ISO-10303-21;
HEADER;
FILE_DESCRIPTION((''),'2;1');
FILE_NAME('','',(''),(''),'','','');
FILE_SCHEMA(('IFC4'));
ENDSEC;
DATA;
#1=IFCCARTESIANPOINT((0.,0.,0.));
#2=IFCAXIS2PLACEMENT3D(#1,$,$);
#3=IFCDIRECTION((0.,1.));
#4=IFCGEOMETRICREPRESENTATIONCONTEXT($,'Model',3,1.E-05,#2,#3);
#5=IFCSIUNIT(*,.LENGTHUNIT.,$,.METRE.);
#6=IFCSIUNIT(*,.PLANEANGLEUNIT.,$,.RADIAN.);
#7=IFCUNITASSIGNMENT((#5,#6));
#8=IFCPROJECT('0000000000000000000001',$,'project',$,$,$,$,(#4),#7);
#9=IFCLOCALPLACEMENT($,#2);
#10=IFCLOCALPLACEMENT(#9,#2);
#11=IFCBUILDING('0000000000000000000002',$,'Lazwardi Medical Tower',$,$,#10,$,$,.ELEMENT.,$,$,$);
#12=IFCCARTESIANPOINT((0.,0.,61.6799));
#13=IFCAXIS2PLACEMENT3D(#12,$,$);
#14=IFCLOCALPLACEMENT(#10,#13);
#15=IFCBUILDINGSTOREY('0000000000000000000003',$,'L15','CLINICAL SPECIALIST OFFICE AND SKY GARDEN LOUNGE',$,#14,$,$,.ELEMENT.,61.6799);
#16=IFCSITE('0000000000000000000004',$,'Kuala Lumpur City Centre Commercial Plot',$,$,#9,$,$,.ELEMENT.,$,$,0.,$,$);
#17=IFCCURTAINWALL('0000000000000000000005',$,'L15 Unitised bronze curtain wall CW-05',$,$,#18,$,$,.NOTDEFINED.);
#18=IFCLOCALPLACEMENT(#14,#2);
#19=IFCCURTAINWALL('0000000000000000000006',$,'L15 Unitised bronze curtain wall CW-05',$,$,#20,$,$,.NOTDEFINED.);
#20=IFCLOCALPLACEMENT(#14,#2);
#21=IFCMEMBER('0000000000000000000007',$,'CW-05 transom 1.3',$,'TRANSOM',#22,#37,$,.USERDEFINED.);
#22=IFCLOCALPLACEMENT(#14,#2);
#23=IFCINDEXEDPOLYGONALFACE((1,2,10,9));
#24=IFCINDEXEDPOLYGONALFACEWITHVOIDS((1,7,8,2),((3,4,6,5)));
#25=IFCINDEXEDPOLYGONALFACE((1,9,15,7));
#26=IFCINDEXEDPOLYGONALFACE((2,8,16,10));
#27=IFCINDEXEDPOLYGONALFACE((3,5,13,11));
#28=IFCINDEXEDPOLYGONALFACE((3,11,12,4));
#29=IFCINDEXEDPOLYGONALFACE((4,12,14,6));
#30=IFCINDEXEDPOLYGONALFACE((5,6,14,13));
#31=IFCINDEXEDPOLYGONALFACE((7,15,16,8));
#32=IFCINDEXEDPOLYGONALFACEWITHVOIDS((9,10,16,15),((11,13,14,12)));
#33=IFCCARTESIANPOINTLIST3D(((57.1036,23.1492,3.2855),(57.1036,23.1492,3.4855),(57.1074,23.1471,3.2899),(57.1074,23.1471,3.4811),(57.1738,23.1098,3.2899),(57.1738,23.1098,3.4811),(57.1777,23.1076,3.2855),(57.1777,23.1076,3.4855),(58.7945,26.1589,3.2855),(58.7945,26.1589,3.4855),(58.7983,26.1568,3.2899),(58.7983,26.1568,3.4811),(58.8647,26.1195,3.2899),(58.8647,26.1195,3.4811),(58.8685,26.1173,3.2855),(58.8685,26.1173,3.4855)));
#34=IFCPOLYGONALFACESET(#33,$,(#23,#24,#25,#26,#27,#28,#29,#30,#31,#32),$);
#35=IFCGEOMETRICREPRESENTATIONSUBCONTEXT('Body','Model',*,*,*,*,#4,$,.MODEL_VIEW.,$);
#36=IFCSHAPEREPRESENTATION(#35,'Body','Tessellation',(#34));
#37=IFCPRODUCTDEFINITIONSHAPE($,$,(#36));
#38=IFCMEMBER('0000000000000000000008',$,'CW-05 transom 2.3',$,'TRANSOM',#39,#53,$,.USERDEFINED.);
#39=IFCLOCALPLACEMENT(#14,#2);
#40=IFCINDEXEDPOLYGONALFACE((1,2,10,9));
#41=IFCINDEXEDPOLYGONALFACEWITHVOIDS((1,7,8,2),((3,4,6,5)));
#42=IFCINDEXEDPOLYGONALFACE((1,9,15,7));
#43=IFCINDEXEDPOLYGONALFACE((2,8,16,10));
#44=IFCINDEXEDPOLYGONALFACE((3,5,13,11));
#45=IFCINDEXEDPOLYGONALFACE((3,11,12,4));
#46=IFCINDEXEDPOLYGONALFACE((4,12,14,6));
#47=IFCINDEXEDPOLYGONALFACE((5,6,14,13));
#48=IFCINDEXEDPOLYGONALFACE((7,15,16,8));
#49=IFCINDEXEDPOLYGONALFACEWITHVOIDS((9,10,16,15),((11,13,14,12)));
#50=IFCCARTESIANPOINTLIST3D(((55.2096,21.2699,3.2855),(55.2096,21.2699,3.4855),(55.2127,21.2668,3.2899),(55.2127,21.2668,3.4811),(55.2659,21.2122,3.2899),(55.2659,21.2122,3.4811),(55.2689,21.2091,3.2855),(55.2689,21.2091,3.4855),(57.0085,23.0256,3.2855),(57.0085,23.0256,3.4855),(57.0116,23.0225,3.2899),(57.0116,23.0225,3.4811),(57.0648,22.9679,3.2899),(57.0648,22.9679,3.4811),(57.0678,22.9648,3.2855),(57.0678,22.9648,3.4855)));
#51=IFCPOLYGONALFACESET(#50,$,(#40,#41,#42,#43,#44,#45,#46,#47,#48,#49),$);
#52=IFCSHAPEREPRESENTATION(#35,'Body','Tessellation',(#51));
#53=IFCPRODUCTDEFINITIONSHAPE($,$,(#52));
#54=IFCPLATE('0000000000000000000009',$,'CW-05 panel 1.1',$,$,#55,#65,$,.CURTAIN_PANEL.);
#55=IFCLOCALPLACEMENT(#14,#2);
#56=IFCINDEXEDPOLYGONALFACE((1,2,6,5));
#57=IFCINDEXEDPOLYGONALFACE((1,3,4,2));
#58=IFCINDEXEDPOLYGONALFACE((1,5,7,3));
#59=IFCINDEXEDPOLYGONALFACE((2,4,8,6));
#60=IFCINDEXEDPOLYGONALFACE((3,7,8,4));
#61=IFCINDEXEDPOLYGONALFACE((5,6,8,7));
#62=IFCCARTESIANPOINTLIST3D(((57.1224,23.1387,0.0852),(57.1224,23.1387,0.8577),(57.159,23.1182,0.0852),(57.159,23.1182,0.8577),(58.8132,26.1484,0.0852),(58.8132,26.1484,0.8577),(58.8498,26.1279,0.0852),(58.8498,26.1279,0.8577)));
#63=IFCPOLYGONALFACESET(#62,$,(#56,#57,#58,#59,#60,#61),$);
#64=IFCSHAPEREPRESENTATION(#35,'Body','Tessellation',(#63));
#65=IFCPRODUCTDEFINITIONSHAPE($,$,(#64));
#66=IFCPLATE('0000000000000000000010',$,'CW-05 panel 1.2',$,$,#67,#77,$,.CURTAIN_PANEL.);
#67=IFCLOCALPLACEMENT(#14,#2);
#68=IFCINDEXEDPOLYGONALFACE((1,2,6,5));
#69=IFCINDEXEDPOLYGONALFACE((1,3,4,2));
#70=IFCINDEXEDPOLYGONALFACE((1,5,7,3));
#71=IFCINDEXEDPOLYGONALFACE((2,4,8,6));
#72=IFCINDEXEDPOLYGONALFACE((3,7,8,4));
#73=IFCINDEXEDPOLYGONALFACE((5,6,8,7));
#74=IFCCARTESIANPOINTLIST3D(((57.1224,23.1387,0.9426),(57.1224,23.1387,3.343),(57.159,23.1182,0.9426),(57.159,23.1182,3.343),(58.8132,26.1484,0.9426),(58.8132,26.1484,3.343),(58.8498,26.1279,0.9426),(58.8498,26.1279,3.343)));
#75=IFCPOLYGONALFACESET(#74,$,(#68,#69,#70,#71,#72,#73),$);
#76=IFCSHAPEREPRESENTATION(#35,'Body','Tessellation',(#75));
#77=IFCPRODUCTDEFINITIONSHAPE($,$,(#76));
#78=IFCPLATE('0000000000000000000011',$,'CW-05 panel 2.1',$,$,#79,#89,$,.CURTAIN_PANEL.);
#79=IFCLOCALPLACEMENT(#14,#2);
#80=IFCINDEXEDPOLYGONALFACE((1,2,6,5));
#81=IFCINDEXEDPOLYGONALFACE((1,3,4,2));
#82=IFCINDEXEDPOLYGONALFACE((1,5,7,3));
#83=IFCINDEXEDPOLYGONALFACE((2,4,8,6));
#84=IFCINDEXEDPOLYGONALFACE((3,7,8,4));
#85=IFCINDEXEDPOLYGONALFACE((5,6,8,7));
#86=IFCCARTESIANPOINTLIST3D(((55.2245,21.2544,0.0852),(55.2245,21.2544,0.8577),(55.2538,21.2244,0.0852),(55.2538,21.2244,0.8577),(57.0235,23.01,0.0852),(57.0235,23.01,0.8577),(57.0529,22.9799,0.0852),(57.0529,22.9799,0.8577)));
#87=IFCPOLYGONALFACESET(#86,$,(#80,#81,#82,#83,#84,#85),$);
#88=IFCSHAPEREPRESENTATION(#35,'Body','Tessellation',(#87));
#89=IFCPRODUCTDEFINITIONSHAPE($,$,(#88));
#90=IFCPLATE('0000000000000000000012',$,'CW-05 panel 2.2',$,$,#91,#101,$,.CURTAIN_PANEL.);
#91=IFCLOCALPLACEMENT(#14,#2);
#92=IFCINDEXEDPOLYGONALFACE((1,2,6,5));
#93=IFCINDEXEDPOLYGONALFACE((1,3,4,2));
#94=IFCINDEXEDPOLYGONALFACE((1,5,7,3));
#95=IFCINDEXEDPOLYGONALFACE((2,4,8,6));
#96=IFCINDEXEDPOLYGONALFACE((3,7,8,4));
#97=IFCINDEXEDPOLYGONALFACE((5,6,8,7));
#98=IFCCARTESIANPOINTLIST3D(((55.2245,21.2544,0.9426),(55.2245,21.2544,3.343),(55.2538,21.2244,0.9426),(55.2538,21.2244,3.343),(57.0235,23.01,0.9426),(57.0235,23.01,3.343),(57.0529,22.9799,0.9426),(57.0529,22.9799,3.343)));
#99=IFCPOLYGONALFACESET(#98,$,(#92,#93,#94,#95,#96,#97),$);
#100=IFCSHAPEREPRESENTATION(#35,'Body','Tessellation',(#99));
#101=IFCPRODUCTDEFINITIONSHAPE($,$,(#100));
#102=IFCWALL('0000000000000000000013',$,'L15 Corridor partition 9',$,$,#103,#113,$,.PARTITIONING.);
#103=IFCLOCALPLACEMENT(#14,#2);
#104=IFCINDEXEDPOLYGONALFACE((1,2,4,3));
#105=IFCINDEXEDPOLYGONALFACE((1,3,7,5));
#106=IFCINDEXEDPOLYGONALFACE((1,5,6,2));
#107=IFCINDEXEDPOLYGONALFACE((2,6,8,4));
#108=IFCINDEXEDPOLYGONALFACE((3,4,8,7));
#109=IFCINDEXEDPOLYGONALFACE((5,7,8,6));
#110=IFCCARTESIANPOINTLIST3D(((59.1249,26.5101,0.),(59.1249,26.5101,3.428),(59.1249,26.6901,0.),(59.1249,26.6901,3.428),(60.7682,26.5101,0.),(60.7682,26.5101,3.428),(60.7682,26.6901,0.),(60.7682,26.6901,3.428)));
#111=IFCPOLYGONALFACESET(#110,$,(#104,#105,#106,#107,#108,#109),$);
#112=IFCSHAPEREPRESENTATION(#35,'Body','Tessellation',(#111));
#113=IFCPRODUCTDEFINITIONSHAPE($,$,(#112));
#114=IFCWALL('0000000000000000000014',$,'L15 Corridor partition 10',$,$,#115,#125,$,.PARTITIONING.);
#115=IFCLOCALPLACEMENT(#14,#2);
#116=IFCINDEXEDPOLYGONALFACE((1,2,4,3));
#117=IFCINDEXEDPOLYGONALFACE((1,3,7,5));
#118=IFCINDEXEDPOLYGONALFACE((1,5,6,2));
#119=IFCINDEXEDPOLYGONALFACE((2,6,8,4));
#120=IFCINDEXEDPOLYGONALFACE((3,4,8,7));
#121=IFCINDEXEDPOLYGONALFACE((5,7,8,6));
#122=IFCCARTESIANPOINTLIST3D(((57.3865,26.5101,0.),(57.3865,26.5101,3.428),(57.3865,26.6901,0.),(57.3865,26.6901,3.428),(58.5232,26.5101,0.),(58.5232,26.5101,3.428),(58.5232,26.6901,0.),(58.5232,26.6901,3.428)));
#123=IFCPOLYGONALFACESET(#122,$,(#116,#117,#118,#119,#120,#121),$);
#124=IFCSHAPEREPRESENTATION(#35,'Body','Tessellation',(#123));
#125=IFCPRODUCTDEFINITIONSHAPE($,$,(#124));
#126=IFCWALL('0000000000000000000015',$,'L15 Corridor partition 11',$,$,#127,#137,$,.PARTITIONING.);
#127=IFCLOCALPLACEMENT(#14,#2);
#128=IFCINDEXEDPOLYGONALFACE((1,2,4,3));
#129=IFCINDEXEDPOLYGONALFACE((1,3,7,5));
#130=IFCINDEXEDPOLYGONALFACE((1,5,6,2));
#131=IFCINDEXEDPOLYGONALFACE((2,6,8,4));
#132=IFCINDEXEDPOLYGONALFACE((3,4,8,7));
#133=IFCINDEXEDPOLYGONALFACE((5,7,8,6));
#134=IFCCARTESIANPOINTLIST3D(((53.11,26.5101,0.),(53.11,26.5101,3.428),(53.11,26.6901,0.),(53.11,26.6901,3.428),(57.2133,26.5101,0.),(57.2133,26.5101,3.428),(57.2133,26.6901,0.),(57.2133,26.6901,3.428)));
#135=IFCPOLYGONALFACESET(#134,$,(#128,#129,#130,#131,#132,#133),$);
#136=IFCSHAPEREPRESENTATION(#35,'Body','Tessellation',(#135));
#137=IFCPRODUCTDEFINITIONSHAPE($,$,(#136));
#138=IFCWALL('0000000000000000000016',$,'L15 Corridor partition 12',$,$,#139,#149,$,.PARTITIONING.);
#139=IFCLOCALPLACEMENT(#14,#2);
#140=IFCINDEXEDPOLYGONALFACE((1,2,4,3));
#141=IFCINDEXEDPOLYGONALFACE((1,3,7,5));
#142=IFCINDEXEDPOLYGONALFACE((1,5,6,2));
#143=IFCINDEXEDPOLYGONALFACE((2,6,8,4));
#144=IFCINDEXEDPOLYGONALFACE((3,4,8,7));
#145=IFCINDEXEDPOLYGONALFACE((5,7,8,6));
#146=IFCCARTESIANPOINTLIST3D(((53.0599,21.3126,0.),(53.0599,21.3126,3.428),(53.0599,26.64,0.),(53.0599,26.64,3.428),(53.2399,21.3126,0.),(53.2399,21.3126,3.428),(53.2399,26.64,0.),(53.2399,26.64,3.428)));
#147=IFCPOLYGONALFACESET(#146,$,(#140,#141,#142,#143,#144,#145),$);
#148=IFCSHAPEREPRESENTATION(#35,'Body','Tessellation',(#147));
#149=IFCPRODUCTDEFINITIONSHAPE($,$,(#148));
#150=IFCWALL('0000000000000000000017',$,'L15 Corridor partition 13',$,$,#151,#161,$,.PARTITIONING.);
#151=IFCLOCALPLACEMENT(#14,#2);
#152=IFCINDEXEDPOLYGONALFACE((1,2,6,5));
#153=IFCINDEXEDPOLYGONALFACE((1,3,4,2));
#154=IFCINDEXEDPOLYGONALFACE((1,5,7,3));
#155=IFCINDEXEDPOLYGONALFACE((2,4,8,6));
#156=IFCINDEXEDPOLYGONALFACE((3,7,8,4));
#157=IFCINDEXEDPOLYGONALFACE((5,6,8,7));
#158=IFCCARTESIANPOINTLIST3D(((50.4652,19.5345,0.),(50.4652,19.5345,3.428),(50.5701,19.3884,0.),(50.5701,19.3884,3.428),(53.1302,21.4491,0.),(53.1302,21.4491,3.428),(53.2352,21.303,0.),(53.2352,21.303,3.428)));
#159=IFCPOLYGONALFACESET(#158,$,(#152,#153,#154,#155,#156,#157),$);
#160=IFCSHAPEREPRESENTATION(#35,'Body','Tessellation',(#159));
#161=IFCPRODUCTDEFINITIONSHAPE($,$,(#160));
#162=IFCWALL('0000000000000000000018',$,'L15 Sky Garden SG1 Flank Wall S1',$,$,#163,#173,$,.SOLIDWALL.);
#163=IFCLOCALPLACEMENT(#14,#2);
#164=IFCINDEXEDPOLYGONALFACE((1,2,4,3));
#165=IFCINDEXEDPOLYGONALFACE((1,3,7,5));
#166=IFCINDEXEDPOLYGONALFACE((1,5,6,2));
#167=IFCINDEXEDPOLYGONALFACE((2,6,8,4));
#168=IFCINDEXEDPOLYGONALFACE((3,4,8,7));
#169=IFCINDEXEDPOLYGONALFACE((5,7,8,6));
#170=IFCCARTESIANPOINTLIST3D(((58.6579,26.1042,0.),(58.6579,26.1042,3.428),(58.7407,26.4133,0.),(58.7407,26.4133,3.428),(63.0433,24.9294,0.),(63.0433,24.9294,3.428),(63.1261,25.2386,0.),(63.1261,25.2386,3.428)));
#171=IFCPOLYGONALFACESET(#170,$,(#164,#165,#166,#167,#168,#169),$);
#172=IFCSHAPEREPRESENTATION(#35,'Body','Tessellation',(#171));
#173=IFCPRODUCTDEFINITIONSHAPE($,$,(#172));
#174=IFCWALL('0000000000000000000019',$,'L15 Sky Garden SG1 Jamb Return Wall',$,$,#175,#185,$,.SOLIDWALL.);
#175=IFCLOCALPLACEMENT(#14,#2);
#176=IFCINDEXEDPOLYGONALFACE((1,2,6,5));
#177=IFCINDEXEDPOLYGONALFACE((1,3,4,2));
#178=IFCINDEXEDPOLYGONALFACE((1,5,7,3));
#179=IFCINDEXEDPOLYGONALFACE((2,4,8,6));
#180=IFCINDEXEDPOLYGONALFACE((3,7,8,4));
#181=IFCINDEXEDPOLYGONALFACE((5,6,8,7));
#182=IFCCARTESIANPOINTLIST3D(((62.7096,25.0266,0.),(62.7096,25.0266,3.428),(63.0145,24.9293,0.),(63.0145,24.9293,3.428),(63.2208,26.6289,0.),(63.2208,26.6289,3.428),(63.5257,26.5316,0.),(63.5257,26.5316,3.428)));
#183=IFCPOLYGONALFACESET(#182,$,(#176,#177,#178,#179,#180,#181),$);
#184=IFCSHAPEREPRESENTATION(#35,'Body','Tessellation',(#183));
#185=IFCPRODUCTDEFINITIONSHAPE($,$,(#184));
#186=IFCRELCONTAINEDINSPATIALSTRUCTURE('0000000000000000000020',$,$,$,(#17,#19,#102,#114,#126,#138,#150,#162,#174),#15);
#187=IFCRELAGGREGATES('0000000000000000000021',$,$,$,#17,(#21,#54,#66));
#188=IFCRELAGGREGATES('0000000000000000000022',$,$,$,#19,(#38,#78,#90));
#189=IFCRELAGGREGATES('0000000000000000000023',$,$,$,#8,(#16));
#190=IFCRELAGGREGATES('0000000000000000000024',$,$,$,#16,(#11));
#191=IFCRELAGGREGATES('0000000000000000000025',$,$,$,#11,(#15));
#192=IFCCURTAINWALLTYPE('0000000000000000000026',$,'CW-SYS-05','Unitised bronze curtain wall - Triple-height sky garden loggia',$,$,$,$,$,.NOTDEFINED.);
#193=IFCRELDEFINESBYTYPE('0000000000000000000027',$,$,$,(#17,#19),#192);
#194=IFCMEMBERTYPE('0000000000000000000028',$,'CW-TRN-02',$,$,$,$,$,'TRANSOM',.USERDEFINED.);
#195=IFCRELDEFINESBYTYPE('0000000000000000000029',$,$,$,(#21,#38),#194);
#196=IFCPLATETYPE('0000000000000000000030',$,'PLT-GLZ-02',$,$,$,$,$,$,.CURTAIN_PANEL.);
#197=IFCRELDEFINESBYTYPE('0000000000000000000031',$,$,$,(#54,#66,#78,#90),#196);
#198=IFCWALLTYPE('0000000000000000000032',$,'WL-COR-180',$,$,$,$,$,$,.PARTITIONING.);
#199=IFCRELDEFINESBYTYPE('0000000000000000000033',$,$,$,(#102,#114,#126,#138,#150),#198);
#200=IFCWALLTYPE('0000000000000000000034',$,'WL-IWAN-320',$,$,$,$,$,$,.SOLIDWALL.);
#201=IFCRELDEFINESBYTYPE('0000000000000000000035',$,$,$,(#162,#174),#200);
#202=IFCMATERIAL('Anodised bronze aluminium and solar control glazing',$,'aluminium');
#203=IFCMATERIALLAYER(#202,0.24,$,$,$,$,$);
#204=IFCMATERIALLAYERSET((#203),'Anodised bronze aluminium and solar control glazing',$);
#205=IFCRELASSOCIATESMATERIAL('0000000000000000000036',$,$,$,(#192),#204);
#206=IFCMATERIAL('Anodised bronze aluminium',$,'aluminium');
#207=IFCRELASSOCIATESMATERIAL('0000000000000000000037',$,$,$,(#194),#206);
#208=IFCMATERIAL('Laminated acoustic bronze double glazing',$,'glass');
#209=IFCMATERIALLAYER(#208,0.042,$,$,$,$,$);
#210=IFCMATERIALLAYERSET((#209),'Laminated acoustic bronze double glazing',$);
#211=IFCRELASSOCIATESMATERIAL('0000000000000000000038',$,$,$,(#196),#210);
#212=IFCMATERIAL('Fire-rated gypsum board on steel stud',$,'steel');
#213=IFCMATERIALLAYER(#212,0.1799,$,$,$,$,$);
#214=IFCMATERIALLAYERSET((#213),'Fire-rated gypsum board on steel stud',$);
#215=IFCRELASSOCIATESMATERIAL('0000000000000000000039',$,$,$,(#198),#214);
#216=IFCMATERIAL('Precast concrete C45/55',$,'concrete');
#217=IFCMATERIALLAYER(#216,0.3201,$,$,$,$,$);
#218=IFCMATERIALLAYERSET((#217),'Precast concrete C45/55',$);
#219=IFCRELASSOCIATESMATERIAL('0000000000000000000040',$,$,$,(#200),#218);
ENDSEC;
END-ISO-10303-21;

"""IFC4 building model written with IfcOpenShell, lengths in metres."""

from ifc_helpers import new_model, si_unit, direction, frame, frame_2d, origin, origin_2d, place, context, subcontext, project, spatial, rectangle, hollow_rectangle, extrude, material, layer, layer_set, material_profile, profile_set, type_object, element, aggregate, save


model = new_model("IFC4")

# Units and contexts
model_context = context("Model", 3, precision=1e-05, world=origin(), true_north=direction((0.0, 1.0)))
body_context = subcontext(model_context, "Body", "Model", "MODEL_VIEW")
ifc_project = project(units=[si_unit("LENGTHUNIT", "METRE"), si_unit("PLANEANGLEUNIT", "RADIAN")], contexts=[model_context])

# Site, building, storey
site_placement = place(None, origin())
site = spatial("IfcSite", under=ifc_project, at=site_placement, Name="Kuala Lumpur City Centre Commercial Plot", CompositionType="ELEMENT", RefElevation=0.0)
building_placement = place(site_placement, origin())
building = spatial("IfcBuilding", under=site, at=building_placement, Name="Lazwardi Medical Tower", CompositionType="ELEMENT")
storey_placement = place(building_placement, frame((0.0, 0.0, 61.6799)))
storey = spatial("IfcBuildingStorey", under=building, at=storey_placement, Name="L15", Description="CLINICAL SPECIALIST OFFICE AND SKY GARDEN LOUNGE", CompositionType="ELEMENT", Elevation=61.6799)

# Shared definitions
ifc_material_1 = material(Name="Anodised bronze aluminium and solar control glazing", Category="aluminium")
ifc_material_2 = material(Name="Anodised bronze aluminium", Category="aluminium")

# Curtain wall
ifc_layer_1 = layer(ifc_material_1, 0.24)
ifc_layer_set_1 = layer_set([ifc_layer_1], Name="Anodised bronze aluminium and solar control glazing")
curtain_wall_type_1 = type_object("IfcCurtainWallType", Name="CW-SYS-05", Description="Unitised bronze curtain wall - Triple-height sky garden loggia", PredefinedType="NOTDEFINED", material=ifc_layer_set_1)
curtain_wall_1_placement = place(storey_placement, origin())
curtain_wall_1 = element("IfcCurtainWall", 1, at=curtain_wall_1_placement, inside=storey, type_object=curtain_wall_type_1, Name="L15 Unitised bronze curtain wall CW-05", PredefinedType="NOTDEFINED")

# Curtain wall
curtain_wall_2_placement = place(storey_placement, origin())
curtain_wall_2 = element("IfcCurtainWall", 2, at=curtain_wall_2_placement, inside=storey, type_object=curtain_wall_type_1, Name="L15 Unitised bronze curtain wall CW-05", PredefinedType="NOTDEFINED")

# Members
ifc_material_profile_1 = material_profile(ifc_material_2, hollow_rectangle(XDim=0.085, YDim=0.2, WallThickness=0.0044, at=origin_2d()), Name="ALU-TRANSOM 200x85x4.5")
ifc_profile_set_1 = profile_set([ifc_material_profile_1], Name="Anodised bronze aluminium")
member_type_1 = type_object("IfcMemberType", Name="CW-TRN-02", ElementType="TRANSOM", PredefinedType="USERDEFINED", material=ifc_profile_set_1)
member_1_placement = place(storey_placement, frame((57.1406, 23.1284, 3.3855), z_axis=(0.489805, 0.871832, 0.0), x_axis=(-0.871832, 0.489805, 0.0)))
member_1 = element("IfcMember", 3, at=member_1_placement, type_object=member_type_1, Name="CW-05 transom 1.3", ObjectType="TRANSOM", PredefinedType="USERDEFINED", context=body_context, shape_type="SweptSolid", body=[
    extrude(hollow_rectangle(XDim=0.085, YDim=0.2, WallThickness=0.0044, at=origin_2d()), origin(), (0.0, 0.0, 1.0), 3.4521),
])
member_2_placement = place(storey_placement, frame((55.2393, 21.2395, 3.3855), z_axis=(0.71565, 0.698459, 0.0), x_axis=(-0.698459, 0.71565, 0.0)))
member_2 = element("IfcMember", 4, at=member_2_placement, type_object=member_type_1, Name="CW-05 transom 2.3", ObjectType="TRANSOM", PredefinedType="USERDEFINED", context=body_context, shape_type="SweptSolid", body=[
    extrude(hollow_rectangle(XDim=0.085, YDim=0.2, WallThickness=0.0044, at=origin_2d()), origin(), (0.0, 0.0, 1.0), 2.5137),
])

# Plates
ifc_material_3 = material(Name="Laminated acoustic bronze double glazing", Category="glass")
ifc_layer_2 = layer(ifc_material_3, 0.042)
ifc_layer_set_2 = layer_set([ifc_layer_2], Name="Laminated acoustic bronze double glazing")
plate_type = type_object("IfcPlateType", Name="PLT-GLZ-02", PredefinedType="CURTAIN_PANEL", material=ifc_layer_set_2)
plate_1_placement = place(storey_placement, frame((57.9861, 24.6333, 0.0852), z_axis=(0.0, 0.0, 1.0), x_axis=(0.489796, 0.871837, 0.0)))
plate_1 = element("IfcPlate", 5, at=plate_1_placement, type_object=plate_type, Name="CW-05 panel 1.1", PredefinedType="CURTAIN_PANEL", context=body_context, shape_type="SweptSolid", body=[
    extrude(rectangle(XDim=3.4521, YDim=0.042, at=origin_2d()), origin(), (0.0, 0.0, 1.0), 0.7725),
])
plate_2_placement = place(storey_placement, frame((57.9861, 24.6333, 0.9426), z_axis=(0.0, 0.0, 1.0), x_axis=(0.489796, 0.871837, 0.0)))
plate_2 = element("IfcPlate", 6, at=plate_2_placement, type_object=plate_type, Name="CW-05 panel 1.2", PredefinedType="CURTAIN_PANEL", context=body_context, shape_type="SweptSolid", body=[
    extrude(rectangle(XDim=3.4521, YDim=0.042, at=origin_2d()), origin(), (0.0, 0.0, 1.0), 2.4004),
])
aggregate(curtain_wall_1, [member_1, plate_1, plate_2])
plate_3_placement = place(storey_placement, frame((56.1387, 22.1172, 0.0852), z_axis=(0.0, 0.0, 1.0), x_axis=(0.715706, 0.698402, 0.0)))
plate_3 = element("IfcPlate", 7, at=plate_3_placement, type_object=plate_type, Name="CW-05 panel 2.1", PredefinedType="CURTAIN_PANEL", context=body_context, shape_type="SweptSolid", body=[
    extrude(rectangle(XDim=2.5137, YDim=0.042, at=origin_2d()), origin(), (0.0, 0.0, 1.0), 0.7725),
])
plate_4_placement = place(storey_placement, frame((56.1387, 22.1172, 0.9426), z_axis=(0.0, 0.0, 1.0), x_axis=(0.715706, 0.698402, 0.0)))
plate_4 = element("IfcPlate", 8, at=plate_4_placement, type_object=plate_type, Name="CW-05 panel 2.2", PredefinedType="CURTAIN_PANEL", context=body_context, shape_type="SweptSolid", body=[
    extrude(rectangle(XDim=2.5137, YDim=0.042, at=origin_2d()), origin(), (0.0, 0.0, 1.0), 2.4004),
])
aggregate(curtain_wall_2, [member_2, plate_3, plate_4])

# Walls
ifc_material_4 = material(Name="Fire-rated gypsum board on steel stud", Category="steel")
ifc_layer_3 = layer(ifc_material_4, 0.1799)
ifc_layer_set_3 = layer_set([ifc_layer_3], Name="Fire-rated gypsum board on steel stud")
wall_type_1 = type_object("IfcWallType", Name="WL-COR-180", PredefinedType="PARTITIONING", material=ifc_layer_set_3)
wall_1_placement = place(storey_placement, frame((60.7683, 26.6001, 0.0), z_axis=(0.0, 0.0, 1.0), x_axis=(-1.0, 0.0, 0.0)))
element("IfcWall", 9, at=wall_1_placement, inside=storey, type_object=wall_type_1, Name="L15 Corridor partition 9", PredefinedType="PARTITIONING", context=body_context, shape_type="SweptSolid", body=[
    extrude(rectangle(XDim=1.6433, YDim=0.1799, at=frame_2d((0.8218, 0.0))), origin(), (0.0, 0.0, 1.0), 3.428),
])
wall_2_placement = place(storey_placement, frame((58.5232, 26.6001, 0.0), z_axis=(0.0, 0.0, 1.0), x_axis=(-1.0, 0.0, 0.0)))
element("IfcWall", 10, at=wall_2_placement, inside=storey, type_object=wall_type_1, Name="L15 Corridor partition 10", PredefinedType="PARTITIONING", context=body_context, shape_type="SweptSolid", body=[
    extrude(rectangle(XDim=1.1367, YDim=0.1799, at=frame_2d((0.5684, 0.0))), origin(), (0.0, 0.0, 1.0), 3.428),
])
wall_3_placement = place(storey_placement, frame((57.2134, 26.6001, 0.0), z_axis=(0.0, 0.0, 1.0), x_axis=(-1.0, 0.0, 0.0)))
element("IfcWall", 11, at=wall_3_placement, inside=storey, type_object=wall_type_1, Name="L15 Corridor partition 11", PredefinedType="PARTITIONING", context=body_context, shape_type="SweptSolid", body=[
    extrude(rectangle(XDim=4.1033, YDim=0.1799, at=frame_2d((2.0518, 0.0))), origin(), (0.0, 0.0, 1.0), 3.428),
])
wall_4_placement = place(storey_placement, frame((53.1499, 26.6399, 0.0), z_axis=(0.0, 0.0, 1.0), x_axis=(0.0, -1.0, 0.0)))
element("IfcWall", 12, at=wall_4_placement, inside=storey, type_object=wall_type_1, Name="L15 Corridor partition 12", PredefinedType="PARTITIONING", context=body_context, shape_type="SweptSolid", body=[
    extrude(rectangle(XDim=5.3274, YDim=0.1799, at=frame_2d((2.6636, 0.0))), origin(), (0.0, 0.0, 1.0), 3.428),
])
wall_5_placement = place(storey_placement, frame((53.1826, 21.376, 0.0), z_axis=(0.0, 0.0, 1.0), x_axis=(-0.812152, -0.583446, 0.0)))
element("IfcWall", 13, at=wall_5_placement, inside=storey, type_object=wall_type_1, Name="L15 Corridor partition 13", PredefinedType="PARTITIONING", context=body_context, shape_type="SweptSolid", body=[
    extrude(rectangle(XDim=3.2815, YDim=0.1799, at=frame_2d((1.6406, 0.0))), origin(), (0.0, 0.0, 1.0), 3.428),
])
ifc_material_5 = material(Name="Precast concrete C45/55", Category="concrete")
ifc_layer_4 = layer(ifc_material_5, 0.3201)
ifc_layer_set_4 = layer_set([ifc_layer_4], Name="Precast concrete C45/55")
wall_type_2 = type_object("IfcWallType", Name="WL-IWAN-320", PredefinedType="SOLIDWALL", material=ifc_layer_set_4)
wall_6_placement = place(storey_placement, frame((63.0847, 25.084, 0.0), z_axis=(0.0, 0.0, 1.0), x_axis=(-0.965942, 0.25876, 0.0)))
element("IfcWall", 14, at=wall_6_placement, inside=storey, type_object=wall_type_2, Name="L15 Sky Garden SG1 Flank Wall S1", PredefinedType="SOLIDWALL", context=body_context, shape_type="SweptSolid", body=[
    extrude(rectangle(XDim=4.54, YDim=0.3201, at=frame_2d((2.27, 0.0))), origin(), (0.0, 0.0, 1.0), 3.428),
])
wall_7_placement = place(storey_placement, frame((62.8621, 24.978, 0.0), z_axis=(0.0, 0.0, 1.0), x_axis=(0.303964, 0.952683, 0.0)))
element("IfcWall", 15, at=wall_7_placement, inside=storey, type_object=wall_type_2, Name="L15 Sky Garden SG1 Jamb Return Wall", PredefinedType="SOLIDWALL", context=body_context, shape_type="SweptSolid", body=[
    extrude(rectangle(XDim=1.6819, YDim=0.3201, at=frame_2d((0.8408, 0.0))), origin(), (0.0, 0.0, 1.0), 3.428),
])

save(model, "model.ifc")
